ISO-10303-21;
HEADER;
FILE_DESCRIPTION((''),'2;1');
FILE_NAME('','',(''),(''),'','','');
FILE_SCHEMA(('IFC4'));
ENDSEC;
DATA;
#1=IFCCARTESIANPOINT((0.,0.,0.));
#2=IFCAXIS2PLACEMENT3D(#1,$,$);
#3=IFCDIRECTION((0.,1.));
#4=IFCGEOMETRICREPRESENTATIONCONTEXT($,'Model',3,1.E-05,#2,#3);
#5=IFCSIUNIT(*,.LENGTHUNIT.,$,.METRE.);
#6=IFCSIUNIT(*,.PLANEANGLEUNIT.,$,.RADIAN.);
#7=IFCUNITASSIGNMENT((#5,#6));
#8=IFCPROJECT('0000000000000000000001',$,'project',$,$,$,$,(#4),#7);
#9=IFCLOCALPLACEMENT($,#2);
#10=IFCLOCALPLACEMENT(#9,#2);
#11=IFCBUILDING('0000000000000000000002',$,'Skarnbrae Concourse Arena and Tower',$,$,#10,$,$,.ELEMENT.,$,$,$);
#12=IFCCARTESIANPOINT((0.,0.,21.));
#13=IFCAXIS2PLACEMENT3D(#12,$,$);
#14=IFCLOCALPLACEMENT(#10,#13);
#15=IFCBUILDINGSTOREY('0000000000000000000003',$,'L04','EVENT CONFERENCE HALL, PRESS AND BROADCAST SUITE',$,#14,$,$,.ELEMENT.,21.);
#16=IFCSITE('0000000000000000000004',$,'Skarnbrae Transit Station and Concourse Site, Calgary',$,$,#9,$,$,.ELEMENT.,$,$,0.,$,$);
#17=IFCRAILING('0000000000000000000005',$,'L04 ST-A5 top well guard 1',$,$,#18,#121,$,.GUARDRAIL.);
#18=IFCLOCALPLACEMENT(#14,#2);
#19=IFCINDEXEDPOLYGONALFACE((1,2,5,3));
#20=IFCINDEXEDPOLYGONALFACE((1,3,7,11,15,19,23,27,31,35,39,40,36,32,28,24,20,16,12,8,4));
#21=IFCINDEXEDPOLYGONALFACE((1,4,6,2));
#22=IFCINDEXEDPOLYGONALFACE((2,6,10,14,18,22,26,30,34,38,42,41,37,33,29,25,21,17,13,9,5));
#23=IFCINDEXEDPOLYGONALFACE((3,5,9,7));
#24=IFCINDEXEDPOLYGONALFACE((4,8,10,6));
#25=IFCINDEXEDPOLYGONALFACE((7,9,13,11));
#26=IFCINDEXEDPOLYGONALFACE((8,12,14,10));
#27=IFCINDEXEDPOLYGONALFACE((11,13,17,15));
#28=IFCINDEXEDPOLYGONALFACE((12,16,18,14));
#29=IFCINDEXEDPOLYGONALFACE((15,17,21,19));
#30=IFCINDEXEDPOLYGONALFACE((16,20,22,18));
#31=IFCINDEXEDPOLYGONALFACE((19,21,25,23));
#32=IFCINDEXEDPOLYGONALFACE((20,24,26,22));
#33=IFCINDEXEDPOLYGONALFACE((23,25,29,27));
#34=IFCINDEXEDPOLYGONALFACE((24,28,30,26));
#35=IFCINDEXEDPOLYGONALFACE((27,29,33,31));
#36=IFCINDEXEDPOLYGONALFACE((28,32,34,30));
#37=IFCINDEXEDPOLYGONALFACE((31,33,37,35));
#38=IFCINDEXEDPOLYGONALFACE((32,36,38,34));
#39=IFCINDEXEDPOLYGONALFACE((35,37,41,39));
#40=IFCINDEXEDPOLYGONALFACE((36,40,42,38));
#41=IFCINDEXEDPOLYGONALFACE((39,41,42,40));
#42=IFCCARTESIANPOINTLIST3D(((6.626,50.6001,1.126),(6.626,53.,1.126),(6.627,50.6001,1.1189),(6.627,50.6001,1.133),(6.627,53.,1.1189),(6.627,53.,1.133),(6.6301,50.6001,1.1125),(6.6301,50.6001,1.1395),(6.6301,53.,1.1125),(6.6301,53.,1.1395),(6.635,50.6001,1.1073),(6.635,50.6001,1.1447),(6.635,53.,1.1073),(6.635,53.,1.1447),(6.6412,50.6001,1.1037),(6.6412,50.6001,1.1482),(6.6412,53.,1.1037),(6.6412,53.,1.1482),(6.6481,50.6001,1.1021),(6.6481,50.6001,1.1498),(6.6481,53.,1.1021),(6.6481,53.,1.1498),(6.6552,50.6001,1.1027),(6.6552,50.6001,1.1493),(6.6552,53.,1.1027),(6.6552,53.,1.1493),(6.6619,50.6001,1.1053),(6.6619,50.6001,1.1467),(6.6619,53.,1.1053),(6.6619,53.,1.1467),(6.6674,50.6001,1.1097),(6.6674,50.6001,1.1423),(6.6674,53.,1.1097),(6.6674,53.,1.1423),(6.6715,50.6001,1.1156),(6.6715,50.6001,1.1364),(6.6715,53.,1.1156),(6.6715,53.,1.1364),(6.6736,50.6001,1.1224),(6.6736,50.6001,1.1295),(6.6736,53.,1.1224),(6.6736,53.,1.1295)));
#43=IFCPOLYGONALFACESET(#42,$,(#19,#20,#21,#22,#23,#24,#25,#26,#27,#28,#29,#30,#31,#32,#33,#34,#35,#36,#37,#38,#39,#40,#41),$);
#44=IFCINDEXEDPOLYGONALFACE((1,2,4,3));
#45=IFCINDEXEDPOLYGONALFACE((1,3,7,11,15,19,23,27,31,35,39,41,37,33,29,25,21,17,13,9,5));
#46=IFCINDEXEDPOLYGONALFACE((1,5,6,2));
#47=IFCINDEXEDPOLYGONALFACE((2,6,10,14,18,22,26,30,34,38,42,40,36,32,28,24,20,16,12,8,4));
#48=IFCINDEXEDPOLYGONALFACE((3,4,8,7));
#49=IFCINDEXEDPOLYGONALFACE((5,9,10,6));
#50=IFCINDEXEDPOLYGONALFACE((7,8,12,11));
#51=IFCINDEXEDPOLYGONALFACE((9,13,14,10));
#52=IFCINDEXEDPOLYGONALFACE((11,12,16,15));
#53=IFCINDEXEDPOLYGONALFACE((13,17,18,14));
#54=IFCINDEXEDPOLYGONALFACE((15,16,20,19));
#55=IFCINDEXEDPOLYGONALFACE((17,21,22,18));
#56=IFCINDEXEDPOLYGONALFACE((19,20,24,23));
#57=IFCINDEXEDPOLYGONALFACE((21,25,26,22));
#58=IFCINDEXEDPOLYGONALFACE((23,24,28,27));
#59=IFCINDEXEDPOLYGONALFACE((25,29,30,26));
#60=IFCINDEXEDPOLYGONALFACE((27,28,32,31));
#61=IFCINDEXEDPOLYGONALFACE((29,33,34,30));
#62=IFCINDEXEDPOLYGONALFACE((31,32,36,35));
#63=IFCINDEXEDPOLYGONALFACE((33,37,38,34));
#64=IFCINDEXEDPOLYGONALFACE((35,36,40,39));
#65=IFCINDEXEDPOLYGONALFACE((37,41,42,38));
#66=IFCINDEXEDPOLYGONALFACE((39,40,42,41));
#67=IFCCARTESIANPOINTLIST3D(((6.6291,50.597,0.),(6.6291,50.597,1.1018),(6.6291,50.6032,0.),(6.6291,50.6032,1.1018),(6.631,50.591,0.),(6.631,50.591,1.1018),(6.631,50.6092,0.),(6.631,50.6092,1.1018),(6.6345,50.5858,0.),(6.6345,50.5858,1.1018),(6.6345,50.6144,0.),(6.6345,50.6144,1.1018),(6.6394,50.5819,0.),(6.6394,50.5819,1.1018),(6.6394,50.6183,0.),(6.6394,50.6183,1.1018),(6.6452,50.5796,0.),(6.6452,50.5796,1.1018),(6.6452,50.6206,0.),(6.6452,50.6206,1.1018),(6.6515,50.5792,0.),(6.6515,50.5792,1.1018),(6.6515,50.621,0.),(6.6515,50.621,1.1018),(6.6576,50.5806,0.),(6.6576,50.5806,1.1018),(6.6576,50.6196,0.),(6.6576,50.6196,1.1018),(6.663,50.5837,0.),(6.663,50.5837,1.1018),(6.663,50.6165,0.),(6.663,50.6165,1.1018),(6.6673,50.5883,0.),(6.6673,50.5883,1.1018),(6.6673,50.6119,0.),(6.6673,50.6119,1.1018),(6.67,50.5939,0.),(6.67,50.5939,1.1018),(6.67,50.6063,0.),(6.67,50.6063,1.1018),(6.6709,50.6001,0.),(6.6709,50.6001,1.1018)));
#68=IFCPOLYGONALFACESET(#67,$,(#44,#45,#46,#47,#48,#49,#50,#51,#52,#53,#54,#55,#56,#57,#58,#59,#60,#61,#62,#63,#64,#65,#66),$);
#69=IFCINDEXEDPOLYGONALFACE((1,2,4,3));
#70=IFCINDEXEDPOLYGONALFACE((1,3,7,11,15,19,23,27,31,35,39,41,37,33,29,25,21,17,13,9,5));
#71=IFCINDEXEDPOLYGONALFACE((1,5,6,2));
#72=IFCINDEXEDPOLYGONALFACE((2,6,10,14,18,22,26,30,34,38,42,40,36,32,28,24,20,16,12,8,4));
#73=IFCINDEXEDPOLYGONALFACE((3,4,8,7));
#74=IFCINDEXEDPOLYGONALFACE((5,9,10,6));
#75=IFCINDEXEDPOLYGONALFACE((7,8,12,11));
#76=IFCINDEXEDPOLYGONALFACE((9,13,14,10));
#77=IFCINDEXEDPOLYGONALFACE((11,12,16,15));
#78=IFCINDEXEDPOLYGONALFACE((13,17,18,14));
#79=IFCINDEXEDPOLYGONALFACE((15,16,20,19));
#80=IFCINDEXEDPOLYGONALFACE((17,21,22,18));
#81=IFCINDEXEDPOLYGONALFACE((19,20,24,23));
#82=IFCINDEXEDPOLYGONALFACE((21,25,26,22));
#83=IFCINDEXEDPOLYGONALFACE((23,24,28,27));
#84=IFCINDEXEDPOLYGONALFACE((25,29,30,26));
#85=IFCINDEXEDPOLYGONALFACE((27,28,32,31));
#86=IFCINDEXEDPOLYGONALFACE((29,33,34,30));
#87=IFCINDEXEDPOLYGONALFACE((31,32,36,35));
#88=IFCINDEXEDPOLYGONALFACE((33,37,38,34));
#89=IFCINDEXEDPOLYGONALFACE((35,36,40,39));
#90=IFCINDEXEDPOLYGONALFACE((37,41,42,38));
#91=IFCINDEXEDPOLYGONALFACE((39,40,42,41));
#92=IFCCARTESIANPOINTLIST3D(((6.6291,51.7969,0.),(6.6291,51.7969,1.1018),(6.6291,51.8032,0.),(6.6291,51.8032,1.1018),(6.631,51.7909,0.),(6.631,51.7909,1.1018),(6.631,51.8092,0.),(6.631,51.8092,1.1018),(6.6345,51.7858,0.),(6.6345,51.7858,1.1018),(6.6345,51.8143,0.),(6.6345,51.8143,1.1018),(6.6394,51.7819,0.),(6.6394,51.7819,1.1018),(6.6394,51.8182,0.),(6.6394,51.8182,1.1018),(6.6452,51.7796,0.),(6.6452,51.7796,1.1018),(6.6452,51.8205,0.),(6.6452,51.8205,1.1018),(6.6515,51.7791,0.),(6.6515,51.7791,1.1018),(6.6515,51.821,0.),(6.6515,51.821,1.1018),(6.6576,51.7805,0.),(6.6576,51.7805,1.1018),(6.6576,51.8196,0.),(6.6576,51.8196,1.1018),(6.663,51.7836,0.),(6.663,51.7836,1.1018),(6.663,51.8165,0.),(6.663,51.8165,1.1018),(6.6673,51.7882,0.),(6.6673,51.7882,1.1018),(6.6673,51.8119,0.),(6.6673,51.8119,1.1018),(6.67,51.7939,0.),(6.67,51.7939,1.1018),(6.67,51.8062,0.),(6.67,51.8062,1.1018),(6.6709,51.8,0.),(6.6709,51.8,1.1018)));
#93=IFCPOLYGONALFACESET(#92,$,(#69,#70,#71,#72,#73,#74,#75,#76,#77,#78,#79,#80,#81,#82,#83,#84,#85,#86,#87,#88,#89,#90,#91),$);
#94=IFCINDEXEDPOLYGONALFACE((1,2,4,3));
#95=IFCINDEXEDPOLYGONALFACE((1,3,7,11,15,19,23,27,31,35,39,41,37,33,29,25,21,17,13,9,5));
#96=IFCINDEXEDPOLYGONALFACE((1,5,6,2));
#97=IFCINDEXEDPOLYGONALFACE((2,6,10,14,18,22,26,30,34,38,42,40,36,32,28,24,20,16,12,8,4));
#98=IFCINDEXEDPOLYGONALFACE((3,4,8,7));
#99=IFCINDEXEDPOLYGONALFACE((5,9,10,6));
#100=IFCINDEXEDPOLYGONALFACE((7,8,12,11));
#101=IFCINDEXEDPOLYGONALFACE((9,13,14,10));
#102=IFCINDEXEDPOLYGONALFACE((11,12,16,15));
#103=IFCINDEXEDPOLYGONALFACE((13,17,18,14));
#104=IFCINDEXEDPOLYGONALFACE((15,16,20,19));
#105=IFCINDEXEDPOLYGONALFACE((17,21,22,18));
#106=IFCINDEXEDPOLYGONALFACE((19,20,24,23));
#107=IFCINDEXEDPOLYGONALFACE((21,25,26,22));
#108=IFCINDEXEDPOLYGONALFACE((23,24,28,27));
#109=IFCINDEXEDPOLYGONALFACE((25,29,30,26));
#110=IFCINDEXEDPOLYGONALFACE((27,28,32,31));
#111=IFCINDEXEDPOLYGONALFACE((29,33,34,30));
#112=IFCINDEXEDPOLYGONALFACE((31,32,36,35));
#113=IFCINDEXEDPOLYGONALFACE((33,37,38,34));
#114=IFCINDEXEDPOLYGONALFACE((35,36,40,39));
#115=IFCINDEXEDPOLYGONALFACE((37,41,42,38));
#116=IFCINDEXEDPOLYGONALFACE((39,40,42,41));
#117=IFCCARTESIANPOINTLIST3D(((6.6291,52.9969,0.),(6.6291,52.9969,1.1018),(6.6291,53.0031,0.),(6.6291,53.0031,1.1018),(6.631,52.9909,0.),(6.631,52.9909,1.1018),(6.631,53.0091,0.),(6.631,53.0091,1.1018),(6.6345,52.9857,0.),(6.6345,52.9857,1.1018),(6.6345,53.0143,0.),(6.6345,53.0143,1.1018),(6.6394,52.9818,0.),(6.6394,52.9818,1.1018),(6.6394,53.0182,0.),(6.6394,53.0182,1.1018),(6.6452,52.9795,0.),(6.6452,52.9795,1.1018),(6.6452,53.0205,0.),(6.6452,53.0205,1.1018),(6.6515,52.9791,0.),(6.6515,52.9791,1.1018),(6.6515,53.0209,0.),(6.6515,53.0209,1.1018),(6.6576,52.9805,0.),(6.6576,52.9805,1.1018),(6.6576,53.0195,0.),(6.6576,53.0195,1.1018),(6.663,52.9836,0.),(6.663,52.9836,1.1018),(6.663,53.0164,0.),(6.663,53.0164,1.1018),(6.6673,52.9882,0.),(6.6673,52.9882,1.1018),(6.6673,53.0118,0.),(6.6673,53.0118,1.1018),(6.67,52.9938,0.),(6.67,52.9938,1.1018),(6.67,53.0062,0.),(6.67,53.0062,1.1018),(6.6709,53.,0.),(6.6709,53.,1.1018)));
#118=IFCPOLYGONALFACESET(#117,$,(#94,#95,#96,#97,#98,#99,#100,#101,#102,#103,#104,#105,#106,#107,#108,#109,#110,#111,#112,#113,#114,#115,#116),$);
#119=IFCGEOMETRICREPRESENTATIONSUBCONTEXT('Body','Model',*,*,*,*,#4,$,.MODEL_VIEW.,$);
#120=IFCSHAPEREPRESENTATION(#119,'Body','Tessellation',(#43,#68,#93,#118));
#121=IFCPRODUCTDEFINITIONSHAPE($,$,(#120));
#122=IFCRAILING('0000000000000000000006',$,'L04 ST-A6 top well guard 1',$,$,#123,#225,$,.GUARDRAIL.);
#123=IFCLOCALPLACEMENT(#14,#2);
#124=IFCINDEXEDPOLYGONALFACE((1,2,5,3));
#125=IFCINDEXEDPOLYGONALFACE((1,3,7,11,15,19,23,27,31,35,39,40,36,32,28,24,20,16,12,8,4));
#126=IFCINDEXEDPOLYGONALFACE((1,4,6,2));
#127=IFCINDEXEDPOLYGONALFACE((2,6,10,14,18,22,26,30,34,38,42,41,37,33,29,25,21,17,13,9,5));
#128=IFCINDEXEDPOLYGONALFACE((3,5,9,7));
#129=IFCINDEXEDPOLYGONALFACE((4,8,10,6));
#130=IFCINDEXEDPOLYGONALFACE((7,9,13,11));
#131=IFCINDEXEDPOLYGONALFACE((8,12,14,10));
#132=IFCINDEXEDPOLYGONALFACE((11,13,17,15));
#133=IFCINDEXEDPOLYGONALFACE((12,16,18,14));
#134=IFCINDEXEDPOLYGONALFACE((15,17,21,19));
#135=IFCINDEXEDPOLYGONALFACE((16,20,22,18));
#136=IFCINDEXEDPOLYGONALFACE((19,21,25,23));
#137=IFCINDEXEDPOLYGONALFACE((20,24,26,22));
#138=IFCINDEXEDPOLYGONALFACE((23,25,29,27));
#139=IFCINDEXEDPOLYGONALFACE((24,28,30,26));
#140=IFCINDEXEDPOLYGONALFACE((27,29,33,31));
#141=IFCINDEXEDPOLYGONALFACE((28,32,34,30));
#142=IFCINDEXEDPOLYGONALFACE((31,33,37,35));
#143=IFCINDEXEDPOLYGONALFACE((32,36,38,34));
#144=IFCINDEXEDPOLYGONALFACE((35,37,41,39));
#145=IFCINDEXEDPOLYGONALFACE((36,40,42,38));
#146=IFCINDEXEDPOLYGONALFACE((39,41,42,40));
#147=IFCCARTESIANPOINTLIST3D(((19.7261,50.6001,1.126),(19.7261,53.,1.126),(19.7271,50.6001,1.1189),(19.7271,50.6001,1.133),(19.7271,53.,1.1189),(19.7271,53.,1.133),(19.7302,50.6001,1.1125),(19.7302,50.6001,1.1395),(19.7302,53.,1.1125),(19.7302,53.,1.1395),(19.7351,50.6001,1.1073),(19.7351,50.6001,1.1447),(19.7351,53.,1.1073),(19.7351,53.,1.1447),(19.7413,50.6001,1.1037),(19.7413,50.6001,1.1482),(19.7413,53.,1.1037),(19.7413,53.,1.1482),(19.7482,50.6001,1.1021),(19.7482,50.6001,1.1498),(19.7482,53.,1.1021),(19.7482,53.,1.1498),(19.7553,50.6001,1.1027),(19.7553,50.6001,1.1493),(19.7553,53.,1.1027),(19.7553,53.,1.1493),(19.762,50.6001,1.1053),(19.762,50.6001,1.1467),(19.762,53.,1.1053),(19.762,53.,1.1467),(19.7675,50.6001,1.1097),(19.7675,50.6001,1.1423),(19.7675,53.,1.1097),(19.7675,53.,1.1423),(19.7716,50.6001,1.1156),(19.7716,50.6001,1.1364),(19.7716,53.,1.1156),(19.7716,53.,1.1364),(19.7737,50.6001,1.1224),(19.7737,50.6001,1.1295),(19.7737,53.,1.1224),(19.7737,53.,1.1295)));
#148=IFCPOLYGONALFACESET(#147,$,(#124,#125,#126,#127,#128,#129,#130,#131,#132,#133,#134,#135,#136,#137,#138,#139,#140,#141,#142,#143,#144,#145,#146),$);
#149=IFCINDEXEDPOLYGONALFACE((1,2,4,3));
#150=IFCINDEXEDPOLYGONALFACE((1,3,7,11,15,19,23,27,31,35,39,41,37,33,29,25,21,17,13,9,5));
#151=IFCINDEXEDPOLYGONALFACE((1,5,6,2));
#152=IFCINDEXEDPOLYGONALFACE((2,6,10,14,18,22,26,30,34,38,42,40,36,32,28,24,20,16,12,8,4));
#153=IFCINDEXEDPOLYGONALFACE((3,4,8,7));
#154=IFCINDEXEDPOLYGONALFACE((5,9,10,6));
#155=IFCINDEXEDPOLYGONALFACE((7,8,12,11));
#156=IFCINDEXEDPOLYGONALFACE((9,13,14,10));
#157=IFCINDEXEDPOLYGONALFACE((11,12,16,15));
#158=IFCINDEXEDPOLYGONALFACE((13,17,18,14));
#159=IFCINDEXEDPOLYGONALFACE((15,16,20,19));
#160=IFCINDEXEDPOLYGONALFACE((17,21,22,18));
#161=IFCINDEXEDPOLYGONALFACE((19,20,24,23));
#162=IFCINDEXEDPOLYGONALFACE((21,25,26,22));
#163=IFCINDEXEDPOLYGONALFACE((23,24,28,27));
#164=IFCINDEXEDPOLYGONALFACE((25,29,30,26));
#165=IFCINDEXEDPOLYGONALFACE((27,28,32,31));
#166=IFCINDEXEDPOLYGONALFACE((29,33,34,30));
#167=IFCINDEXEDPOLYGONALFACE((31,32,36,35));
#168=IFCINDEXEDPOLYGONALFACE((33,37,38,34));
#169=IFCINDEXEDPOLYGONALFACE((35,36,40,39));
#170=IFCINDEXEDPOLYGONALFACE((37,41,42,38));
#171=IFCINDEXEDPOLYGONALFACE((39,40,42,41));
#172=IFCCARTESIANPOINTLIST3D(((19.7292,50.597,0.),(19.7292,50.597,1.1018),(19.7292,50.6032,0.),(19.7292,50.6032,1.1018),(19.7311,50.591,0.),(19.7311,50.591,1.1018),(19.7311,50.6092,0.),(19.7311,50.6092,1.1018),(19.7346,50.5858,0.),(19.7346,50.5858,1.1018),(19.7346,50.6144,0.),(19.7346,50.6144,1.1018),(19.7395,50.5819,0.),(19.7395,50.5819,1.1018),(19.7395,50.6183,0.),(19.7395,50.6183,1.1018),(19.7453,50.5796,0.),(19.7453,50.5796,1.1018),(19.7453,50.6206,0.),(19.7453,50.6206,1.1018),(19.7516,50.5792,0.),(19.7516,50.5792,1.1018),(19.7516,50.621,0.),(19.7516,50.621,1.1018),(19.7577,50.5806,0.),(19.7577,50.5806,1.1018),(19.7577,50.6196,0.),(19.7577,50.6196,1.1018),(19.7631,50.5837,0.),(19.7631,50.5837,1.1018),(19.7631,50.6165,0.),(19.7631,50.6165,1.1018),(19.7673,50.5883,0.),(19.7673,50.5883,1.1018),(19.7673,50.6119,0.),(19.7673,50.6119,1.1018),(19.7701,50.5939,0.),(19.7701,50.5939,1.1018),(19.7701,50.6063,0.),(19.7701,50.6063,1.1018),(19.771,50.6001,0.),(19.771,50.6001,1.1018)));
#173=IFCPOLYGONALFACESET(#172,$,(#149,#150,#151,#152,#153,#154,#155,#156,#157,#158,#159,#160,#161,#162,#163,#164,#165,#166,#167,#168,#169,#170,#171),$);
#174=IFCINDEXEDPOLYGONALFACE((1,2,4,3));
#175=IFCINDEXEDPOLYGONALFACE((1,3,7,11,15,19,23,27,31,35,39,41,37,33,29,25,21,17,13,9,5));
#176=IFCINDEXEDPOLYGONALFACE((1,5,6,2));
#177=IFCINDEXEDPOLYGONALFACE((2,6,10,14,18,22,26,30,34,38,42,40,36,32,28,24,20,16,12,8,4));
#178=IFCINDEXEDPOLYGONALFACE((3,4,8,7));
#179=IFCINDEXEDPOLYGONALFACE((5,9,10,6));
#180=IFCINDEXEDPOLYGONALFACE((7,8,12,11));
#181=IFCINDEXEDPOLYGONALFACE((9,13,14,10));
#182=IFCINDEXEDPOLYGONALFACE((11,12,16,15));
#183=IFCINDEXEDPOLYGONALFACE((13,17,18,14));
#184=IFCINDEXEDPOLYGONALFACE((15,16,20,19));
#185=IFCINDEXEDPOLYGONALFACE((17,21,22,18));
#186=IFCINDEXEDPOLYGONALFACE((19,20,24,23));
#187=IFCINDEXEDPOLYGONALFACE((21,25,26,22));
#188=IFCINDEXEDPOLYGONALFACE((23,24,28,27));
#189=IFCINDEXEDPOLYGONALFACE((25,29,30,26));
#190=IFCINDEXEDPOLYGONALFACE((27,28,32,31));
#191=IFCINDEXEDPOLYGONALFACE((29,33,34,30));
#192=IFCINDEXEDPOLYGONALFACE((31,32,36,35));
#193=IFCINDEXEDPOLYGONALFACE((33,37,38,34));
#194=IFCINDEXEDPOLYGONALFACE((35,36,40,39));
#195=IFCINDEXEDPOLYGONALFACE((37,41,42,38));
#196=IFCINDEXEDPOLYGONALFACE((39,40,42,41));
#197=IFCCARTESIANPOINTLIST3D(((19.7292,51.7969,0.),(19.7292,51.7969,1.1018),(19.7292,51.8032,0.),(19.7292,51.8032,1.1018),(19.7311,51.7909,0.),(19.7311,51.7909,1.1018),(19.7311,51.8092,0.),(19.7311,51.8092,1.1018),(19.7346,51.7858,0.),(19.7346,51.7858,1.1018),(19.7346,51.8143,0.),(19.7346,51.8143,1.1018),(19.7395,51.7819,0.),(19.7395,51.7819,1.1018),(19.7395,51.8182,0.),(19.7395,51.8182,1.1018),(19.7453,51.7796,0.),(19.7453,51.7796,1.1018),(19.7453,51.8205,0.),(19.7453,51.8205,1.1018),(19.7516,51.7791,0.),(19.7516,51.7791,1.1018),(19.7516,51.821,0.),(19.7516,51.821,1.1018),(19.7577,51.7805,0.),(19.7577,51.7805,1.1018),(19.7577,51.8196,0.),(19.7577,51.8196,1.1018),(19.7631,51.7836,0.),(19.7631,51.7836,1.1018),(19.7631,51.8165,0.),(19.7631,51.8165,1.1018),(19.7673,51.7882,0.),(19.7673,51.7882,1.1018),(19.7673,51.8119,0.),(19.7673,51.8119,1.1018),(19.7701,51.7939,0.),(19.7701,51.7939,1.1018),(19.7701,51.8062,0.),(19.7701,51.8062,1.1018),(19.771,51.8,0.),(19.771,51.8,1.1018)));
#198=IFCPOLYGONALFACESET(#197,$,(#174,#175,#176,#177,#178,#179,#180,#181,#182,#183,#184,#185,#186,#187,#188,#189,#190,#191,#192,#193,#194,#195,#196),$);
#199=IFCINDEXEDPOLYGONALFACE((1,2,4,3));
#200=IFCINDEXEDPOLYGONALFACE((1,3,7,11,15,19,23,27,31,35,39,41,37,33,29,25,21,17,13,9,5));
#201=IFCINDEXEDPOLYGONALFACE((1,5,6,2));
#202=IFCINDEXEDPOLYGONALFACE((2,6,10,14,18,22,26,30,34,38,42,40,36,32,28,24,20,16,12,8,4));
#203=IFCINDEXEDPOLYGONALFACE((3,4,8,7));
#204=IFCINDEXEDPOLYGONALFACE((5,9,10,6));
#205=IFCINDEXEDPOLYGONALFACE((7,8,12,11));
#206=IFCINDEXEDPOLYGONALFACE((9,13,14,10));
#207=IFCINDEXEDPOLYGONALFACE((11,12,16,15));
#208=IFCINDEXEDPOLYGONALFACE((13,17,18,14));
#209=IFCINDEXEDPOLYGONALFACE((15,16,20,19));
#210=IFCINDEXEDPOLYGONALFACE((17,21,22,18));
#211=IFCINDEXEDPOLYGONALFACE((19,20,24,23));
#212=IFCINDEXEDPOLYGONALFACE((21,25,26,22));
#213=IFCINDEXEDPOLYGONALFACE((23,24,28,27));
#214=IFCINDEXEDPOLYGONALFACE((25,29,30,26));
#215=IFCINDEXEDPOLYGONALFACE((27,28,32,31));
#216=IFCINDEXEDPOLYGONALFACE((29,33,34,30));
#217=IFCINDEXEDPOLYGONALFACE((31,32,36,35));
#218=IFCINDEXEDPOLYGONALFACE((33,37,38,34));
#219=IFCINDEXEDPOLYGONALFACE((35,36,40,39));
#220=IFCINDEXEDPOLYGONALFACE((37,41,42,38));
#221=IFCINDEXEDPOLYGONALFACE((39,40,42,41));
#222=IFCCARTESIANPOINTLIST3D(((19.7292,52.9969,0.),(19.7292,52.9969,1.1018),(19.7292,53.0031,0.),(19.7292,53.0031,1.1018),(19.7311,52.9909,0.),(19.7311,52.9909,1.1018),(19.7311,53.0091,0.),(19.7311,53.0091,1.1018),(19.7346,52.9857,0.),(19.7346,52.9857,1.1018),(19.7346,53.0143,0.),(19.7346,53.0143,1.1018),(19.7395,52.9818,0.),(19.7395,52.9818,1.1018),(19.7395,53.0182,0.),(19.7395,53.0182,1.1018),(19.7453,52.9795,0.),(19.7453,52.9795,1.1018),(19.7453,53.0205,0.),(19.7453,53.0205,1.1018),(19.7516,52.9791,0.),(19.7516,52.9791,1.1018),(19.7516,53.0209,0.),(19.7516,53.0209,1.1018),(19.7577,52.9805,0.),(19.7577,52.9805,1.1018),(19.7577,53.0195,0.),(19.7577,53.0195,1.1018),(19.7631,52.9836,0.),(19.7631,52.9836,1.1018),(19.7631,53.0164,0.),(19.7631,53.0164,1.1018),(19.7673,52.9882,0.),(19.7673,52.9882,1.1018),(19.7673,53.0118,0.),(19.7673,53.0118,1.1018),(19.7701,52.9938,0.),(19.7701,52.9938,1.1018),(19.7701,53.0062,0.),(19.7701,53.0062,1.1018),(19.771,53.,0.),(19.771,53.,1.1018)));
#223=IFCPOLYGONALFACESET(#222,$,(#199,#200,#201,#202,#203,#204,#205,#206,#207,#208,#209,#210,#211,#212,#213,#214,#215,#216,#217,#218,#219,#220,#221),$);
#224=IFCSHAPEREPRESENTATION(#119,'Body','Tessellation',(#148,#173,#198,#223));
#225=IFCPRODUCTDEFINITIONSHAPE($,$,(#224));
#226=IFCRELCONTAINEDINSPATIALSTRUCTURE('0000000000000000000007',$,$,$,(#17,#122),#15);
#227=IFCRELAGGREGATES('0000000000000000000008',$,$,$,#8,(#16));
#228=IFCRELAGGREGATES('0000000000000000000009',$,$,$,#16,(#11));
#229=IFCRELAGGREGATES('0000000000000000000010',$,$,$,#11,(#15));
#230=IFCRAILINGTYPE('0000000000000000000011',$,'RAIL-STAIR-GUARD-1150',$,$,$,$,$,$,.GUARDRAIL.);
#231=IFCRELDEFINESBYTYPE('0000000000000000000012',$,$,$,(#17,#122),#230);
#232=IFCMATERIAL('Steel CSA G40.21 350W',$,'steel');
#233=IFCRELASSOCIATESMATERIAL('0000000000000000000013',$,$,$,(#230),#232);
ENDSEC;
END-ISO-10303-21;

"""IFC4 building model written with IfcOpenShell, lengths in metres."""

from ifc_helpers import new_model, si_unit, direction, frame, origin, origin_2d, place, context, subcontext, project, spatial, circle, extrude, material, type_object, element, save


model = new_model("IFC4")

# Units and contexts
model_context = context("Model", 3, precision=1e-05, world=origin(), true_north=direction((0.0, 1.0)))
body_context = subcontext(model_context, "Body", "Model", "MODEL_VIEW")
ifc_project = project(units=[si_unit("LENGTHUNIT", "METRE"), si_unit("PLANEANGLEUNIT", "RADIAN")], contexts=[model_context])

# Site, building, storey
site_placement = place(None, origin())
site = spatial("IfcSite", under=ifc_project, at=site_placement, Name="Skarnbrae Transit Station and Concourse Site, Calgary", CompositionType="ELEMENT", RefElevation=0.0)
building_placement = place(site_placement, origin())
building = spatial("IfcBuilding", under=site, at=building_placement, Name="Skarnbrae Concourse Arena and Tower", CompositionType="ELEMENT")
storey_placement = place(building_placement, frame((0.0, 0.0, 21.0)))
storey = spatial("IfcBuildingStorey", under=building, at=storey_placement, Name="L04", Description="EVENT CONFERENCE HALL, PRESS AND BROADCAST SUITE", CompositionType="ELEMENT", Elevation=21.0)

# Shared definitions
ifc_material_1 = material(Name="Steel CSA G40.21 350W", Category="steel")

# Railings
railing_type = type_object("IfcRailingType", Name="RAIL-STAIR-GUARD-1150", PredefinedType="GUARDRAIL", material=ifc_material_1)
for number, where, name in (
    (1, (6.6499, 50.6001, 0.0), "L04 ST-A5 top well guard 1"),
    (2, (19.75, 50.6001, 0.0), "L04 ST-A6 top well guard 1"),
):
    element("IfcRailing", number, at=place(storey_placement, frame(where)), inside=storey, type_object=railing_type, Name=name, PredefinedType="GUARDRAIL", context=body_context, shape_type="SweptSolid", body=[
        extrude(circle(Radius=0.0239, at=origin_2d()), frame((0.0, 0.0, 1.126), z_axis=(0.0, 1.0, 0.0), x_axis=(-1.0, 0.0, 0.0)), (0.0, 0.0, 1.0), 2.3999),
        extrude(circle(Radius=0.021, at=origin_2d()), origin(), (0.0, 0.0, 1.0), 1.1018),
        extrude(circle(Radius=0.021, at=origin_2d()), frame((0.0, 1.2, 0.0)), (0.0, 0.0, 1.0), 1.1018),
        extrude(circle(Radius=0.021, at=origin_2d()), frame((0.0, 2.3999, 0.0)), (0.0, 0.0, 1.0), 1.1018),
    ])

save(model, "model.ifc")
